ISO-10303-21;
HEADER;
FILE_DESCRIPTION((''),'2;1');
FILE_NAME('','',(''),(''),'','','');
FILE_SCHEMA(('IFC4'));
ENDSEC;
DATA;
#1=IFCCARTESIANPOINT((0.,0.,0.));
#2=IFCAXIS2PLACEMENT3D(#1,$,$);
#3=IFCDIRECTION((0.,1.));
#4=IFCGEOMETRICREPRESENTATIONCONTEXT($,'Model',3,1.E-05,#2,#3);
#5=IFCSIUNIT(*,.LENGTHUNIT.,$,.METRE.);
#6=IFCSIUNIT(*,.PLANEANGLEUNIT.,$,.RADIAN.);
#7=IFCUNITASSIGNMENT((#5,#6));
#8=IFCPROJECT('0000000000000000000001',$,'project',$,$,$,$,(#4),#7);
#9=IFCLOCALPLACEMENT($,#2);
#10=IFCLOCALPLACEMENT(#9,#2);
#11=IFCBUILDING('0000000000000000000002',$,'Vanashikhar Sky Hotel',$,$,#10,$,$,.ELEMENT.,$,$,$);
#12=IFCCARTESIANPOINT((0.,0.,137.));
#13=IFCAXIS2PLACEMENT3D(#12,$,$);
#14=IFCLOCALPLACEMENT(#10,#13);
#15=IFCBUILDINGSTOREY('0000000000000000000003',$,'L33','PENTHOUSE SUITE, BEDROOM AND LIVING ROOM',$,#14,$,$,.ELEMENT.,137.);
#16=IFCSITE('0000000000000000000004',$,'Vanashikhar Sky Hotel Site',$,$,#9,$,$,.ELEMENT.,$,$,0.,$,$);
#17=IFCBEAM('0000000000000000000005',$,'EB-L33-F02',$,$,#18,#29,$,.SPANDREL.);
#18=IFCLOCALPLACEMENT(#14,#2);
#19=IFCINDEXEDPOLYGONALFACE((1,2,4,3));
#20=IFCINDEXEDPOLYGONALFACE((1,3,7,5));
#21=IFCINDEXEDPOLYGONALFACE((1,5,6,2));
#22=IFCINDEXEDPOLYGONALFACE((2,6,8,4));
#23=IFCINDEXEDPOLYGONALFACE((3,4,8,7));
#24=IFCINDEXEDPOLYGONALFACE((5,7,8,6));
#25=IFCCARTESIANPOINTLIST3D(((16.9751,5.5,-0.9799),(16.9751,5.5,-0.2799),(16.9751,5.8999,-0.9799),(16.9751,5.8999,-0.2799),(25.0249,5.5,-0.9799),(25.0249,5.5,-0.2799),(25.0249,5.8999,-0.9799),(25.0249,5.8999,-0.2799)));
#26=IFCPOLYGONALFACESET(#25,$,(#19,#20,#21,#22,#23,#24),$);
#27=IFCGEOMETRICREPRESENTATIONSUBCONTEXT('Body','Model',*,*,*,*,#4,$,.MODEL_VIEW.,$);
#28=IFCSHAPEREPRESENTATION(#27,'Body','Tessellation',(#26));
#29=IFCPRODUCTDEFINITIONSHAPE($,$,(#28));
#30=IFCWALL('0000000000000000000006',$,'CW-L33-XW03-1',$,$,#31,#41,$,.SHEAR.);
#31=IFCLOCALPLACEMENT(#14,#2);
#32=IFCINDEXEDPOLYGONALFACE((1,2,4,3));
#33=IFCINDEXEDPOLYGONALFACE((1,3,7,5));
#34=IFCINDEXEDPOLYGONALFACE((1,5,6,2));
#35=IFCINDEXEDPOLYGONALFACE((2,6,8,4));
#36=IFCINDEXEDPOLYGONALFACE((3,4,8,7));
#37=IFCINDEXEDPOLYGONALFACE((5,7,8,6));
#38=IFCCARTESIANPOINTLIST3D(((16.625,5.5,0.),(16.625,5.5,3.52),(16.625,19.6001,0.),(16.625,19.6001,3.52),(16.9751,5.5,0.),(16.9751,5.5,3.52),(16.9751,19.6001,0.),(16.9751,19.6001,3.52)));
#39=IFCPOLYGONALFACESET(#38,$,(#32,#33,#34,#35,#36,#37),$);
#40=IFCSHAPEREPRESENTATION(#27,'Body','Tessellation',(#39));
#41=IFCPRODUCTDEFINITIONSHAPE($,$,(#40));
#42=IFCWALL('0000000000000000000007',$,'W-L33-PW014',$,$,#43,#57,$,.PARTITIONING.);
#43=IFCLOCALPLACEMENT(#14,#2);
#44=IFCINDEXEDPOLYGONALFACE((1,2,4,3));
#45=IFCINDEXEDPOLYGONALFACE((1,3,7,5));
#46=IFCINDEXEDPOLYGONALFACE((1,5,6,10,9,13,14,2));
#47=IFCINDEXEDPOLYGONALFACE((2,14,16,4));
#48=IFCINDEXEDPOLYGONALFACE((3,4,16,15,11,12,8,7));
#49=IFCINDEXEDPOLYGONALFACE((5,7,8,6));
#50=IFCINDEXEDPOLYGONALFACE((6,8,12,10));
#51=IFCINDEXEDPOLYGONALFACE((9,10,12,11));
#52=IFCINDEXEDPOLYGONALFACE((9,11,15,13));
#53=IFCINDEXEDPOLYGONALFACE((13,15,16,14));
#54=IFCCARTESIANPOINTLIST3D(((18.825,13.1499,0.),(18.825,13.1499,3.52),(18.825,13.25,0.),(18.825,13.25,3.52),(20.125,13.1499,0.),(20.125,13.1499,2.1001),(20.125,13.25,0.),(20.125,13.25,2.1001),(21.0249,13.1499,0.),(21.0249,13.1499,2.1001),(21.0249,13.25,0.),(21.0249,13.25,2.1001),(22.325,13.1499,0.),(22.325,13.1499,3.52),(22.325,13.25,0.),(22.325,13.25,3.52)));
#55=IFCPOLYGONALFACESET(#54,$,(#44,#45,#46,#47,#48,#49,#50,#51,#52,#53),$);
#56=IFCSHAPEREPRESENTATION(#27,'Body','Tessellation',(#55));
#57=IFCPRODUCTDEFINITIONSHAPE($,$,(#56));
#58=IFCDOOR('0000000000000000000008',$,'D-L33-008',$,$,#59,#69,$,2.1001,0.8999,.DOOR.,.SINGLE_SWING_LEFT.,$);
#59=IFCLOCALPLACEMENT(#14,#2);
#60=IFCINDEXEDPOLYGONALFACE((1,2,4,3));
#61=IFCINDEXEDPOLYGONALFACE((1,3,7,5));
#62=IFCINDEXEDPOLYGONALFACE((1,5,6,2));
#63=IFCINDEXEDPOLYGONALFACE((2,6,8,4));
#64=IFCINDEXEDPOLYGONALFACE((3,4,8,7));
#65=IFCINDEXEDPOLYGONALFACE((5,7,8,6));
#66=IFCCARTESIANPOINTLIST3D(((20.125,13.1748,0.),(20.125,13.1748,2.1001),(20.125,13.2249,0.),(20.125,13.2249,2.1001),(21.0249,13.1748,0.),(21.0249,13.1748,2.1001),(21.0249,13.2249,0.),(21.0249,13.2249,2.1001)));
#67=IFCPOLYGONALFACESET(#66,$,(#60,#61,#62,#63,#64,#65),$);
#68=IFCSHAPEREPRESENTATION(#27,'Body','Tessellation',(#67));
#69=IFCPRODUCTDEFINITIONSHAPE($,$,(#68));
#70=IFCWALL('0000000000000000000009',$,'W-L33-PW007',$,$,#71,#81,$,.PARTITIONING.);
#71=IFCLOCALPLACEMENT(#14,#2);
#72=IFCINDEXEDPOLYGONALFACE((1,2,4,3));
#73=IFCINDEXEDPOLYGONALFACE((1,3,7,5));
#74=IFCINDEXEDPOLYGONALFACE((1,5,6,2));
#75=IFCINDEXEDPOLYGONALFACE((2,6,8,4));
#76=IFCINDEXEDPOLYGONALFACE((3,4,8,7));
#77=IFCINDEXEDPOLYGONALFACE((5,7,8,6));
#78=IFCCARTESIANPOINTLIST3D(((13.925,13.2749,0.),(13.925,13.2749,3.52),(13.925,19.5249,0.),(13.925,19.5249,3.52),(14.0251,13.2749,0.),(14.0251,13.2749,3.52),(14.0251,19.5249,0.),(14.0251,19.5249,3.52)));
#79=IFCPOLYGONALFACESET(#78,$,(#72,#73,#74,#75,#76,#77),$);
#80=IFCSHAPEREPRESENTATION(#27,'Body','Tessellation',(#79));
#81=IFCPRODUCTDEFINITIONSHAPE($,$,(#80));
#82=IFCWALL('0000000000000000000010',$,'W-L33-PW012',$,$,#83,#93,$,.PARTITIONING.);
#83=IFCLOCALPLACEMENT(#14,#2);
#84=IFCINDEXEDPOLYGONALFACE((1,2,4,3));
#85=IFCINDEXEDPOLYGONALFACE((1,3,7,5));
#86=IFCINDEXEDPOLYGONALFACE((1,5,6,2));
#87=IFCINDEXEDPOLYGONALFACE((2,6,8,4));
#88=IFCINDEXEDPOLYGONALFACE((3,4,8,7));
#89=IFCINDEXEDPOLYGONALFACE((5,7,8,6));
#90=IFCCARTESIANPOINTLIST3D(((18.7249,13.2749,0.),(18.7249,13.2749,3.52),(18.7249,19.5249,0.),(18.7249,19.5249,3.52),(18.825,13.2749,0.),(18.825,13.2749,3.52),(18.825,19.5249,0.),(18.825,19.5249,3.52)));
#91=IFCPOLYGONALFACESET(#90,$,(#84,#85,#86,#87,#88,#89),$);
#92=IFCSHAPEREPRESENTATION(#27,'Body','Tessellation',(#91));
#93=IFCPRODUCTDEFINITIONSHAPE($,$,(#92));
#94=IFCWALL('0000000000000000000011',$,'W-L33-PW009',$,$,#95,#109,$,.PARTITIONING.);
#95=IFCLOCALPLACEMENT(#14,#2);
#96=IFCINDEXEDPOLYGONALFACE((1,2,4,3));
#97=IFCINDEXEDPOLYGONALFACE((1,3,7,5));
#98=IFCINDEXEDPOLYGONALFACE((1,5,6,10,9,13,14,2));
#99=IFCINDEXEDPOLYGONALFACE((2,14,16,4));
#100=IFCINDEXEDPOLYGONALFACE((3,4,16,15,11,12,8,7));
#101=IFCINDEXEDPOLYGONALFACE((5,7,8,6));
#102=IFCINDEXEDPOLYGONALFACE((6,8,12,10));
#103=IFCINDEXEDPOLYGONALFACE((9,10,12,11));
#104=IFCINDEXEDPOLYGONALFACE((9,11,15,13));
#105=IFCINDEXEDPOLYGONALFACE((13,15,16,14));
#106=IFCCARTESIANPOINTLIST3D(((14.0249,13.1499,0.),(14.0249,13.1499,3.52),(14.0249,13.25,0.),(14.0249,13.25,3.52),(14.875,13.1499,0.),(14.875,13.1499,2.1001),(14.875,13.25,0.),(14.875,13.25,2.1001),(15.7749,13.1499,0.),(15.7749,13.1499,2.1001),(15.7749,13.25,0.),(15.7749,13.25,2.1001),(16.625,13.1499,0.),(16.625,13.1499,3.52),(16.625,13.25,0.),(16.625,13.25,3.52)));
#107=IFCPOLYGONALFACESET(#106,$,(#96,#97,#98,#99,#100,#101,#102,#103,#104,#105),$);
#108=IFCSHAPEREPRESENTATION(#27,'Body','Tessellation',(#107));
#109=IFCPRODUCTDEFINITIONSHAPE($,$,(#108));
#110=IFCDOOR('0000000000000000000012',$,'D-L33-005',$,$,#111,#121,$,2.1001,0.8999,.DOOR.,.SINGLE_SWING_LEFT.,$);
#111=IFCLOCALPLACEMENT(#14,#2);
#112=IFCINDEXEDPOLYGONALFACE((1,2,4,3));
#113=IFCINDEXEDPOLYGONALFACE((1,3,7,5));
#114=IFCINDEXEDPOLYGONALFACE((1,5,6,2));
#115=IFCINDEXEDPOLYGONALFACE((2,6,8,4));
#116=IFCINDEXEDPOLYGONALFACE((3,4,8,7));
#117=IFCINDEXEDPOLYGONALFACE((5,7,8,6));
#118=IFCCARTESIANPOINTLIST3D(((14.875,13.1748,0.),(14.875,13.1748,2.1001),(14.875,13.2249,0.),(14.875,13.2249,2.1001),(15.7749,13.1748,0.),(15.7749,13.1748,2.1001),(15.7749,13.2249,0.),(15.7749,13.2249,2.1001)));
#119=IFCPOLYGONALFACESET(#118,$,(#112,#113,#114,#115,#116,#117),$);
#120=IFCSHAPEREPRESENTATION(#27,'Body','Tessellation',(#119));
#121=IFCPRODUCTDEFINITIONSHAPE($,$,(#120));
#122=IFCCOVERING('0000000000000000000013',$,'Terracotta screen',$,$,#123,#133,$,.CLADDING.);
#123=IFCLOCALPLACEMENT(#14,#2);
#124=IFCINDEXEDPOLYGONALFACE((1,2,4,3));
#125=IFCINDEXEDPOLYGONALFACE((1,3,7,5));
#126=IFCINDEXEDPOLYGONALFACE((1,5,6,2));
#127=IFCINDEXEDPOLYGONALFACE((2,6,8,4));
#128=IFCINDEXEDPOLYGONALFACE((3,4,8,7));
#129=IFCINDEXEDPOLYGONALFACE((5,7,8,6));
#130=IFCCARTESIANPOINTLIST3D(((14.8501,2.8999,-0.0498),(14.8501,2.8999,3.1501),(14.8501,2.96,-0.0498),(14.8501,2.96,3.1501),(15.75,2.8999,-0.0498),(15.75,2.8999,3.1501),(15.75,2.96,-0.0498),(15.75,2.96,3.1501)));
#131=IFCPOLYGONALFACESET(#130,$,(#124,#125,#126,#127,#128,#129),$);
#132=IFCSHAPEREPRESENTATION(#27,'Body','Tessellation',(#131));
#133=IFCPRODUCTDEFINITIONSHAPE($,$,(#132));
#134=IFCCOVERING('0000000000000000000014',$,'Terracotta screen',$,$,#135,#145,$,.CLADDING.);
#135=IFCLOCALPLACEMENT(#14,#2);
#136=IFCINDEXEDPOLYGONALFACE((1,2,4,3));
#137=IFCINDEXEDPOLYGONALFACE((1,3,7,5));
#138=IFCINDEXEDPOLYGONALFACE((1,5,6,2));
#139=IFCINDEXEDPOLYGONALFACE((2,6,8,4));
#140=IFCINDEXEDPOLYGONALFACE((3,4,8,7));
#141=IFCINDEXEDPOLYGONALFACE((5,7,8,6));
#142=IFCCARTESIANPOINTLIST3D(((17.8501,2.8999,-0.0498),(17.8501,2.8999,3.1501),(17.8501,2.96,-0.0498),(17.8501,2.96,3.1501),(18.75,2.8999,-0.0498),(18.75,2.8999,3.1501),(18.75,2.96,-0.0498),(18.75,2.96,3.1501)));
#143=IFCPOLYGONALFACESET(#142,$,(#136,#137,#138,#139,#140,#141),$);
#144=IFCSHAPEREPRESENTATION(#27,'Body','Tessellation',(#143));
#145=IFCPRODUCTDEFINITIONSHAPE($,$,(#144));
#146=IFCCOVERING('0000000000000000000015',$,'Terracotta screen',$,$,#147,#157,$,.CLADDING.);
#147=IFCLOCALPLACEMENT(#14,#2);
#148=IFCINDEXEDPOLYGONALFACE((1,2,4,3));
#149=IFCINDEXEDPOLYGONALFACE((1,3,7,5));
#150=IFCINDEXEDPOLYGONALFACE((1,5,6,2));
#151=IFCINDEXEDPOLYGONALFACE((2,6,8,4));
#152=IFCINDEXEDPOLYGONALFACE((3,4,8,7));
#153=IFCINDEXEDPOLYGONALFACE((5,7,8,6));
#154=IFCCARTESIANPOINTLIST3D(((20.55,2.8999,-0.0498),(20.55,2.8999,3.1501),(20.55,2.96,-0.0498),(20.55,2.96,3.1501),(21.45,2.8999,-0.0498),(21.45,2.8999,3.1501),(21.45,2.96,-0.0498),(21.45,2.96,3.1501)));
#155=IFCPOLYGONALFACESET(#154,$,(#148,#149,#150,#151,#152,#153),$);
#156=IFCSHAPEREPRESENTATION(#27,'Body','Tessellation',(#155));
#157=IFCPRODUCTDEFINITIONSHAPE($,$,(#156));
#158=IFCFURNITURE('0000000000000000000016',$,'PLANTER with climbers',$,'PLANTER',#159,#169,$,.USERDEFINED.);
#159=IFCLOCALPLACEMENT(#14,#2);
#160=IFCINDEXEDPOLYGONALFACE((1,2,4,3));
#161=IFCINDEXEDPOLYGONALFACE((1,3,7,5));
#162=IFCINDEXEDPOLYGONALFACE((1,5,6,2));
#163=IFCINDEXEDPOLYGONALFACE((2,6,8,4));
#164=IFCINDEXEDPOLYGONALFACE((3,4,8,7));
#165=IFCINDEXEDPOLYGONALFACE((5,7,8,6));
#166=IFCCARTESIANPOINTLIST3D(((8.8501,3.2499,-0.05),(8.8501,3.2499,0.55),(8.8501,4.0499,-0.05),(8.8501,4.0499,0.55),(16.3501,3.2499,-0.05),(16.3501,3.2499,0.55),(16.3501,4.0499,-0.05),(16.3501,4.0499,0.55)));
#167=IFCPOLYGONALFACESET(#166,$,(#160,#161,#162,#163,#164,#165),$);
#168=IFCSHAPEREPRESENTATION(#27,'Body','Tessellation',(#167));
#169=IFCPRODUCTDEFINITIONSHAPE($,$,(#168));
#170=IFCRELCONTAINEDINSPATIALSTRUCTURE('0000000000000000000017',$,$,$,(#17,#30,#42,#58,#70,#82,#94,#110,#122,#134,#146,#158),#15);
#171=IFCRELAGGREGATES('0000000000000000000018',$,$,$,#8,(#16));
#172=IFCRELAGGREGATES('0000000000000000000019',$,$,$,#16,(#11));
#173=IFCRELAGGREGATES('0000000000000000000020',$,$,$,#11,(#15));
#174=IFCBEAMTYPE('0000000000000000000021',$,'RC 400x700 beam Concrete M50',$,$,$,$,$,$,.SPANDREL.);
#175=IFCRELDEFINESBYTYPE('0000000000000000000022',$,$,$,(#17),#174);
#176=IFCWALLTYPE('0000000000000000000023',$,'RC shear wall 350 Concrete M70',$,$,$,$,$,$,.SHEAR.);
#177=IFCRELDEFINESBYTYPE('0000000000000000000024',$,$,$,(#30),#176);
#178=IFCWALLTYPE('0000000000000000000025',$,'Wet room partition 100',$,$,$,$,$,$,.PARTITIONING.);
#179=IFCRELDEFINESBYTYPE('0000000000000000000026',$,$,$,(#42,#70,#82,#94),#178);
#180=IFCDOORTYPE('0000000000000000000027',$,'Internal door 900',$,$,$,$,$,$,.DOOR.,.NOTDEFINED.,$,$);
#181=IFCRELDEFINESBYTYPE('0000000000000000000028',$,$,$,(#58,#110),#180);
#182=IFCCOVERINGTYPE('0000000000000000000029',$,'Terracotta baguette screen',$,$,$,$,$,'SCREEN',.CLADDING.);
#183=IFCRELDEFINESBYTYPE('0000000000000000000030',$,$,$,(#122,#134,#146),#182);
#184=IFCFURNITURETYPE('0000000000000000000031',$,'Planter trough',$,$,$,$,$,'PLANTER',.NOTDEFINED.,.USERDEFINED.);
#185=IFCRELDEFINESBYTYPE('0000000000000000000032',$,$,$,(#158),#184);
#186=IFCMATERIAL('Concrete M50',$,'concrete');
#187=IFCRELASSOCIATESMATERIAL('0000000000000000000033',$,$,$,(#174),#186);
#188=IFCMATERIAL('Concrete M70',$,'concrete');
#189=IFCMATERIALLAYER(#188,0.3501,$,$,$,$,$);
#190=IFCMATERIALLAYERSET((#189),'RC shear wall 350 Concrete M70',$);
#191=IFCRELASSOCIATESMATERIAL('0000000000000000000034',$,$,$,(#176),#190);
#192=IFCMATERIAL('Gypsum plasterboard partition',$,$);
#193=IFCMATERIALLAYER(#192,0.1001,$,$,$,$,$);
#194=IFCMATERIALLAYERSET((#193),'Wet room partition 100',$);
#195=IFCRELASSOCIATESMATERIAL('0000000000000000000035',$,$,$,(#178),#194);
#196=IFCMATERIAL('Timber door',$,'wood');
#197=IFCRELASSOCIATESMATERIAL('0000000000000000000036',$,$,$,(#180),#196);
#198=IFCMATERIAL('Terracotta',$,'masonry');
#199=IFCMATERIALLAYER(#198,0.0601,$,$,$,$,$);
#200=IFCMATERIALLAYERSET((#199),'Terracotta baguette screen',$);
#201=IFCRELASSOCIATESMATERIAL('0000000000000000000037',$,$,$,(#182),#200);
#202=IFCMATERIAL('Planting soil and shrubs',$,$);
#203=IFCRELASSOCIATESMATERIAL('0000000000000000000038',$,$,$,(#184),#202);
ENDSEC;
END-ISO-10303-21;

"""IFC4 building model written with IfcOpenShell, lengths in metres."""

from ifc_helpers import new_model, si_unit, direction, frame, frame_2d, origin, origin_2d, place, context, subcontext, project, spatial, rectangle, extrude, source, transform, mapped, material, layer, layer_set, material_profile, profile_set, type_object, element, fill, save


model = new_model("IFC4")

# Units and contexts
model_context = context("Model", 3, precision=1e-05, world=origin(), true_north=direction((0.0, 1.0)))
body_context = subcontext(model_context, "Body", "Model", "MODEL_VIEW")
ifc_project = project(units=[si_unit("LENGTHUNIT", "METRE"), si_unit("PLANEANGLEUNIT", "RADIAN")], contexts=[model_context])

# Site, building, storey
site_placement = place(None, origin())
site = spatial("IfcSite", under=ifc_project, at=site_placement, Name="Vanashikhar Sky Hotel Site", CompositionType="ELEMENT", RefElevation=0.0)
building_placement = place(site_placement, origin())
building = spatial("IfcBuilding", under=site, at=building_placement, Name="Vanashikhar Sky Hotel", CompositionType="ELEMENT")
storey_placement = place(building_placement, frame((0.0, 0.0, 137.0)))
storey = spatial("IfcBuildingStorey", under=building, at=storey_placement, Name="L33", Description="PENTHOUSE SUITE, BEDROOM AND LIVING ROOM", CompositionType="ELEMENT", Elevation=137.0)

# Beam
ifc_material_1 = material(Name="Concrete M50", Category="concrete")
ifc_material_profile = material_profile(ifc_material_1, rectangle(XDim=0.3999, YDim=0.7, at=origin_2d()))
ifc_profile_set = profile_set([ifc_material_profile], Name="RC 400x700 beam Concrete M50")
beam_type = type_object("IfcBeamType", Name="RC 400x700 beam Concrete M50", PredefinedType="SPANDREL", material=ifc_profile_set)
shared_shape_1 = source(origin(), body_context, "Body", "SweptSolid", [
    extrude(rectangle(XDim=0.3999, YDim=0.7, at=origin_2d()), origin(), (0.0, 0.0, 1.0), 8.0498),
])
beam_placement = place(storey_placement, frame((16.9751, 5.7, -0.6299), z_axis=(1.0, 0.0, 0.0), x_axis=(0.0, 1.0, 0.0)))
element("IfcBeam", 1, at=beam_placement, inside=storey, type_object=beam_type, Name="EB-L33-F02", PredefinedType="SPANDREL", context=body_context, shape_type="MappedRepresentation", body=[
    mapped(shared_shape_1, transform((0.0, 0.0, 0.0), scale=1.0)),
])

# Wall
ifc_material_2 = material(Name="Concrete M70", Category="concrete")
ifc_layer_1 = layer(ifc_material_2, 0.3501)
ifc_layer_set_1 = layer_set([ifc_layer_1], Name="RC shear wall 350 Concrete M70")
wall_type_1 = type_object("IfcWallType", Name="RC shear wall 350 Concrete M70", PredefinedType="SHEAR", material=ifc_layer_set_1)
shared_shape_2 = source(origin(), body_context, "Body", "SweptSolid", [
    extrude(rectangle(XDim=14.1001, YDim=0.3501, at=frame_2d((7.05, 0.0))), origin(), (0.0, 0.0, 1.0), 3.52),
])
wall_1_placement = place(storey_placement, frame((16.8, 5.5, 0.0), z_axis=(0.0, 0.0, 1.0), x_axis=(0.0, 1.0, 0.0)))
element("IfcWall", 2, at=wall_1_placement, inside=storey, type_object=wall_type_1, Name="CW-L33-XW03-1", PredefinedType="SHEAR", context=body_context, shape_type="MappedRepresentation", body=[
    mapped(shared_shape_2, transform((0.0, 0.0, 0.0), scale=1.0)),
])

# Wall, opening, door
ifc_material_3 = material(Name="Gypsum plasterboard partition")
ifc_layer_2 = layer(ifc_material_3, 0.1001)
ifc_layer_set_2 = layer_set([ifc_layer_2], Name="Wet room partition 100")
wall_type_2 = type_object("IfcWallType", Name="Wet room partition 100", PredefinedType="PARTITIONING", material=ifc_layer_set_2)
shared_shape_3 = source(origin(), body_context, "Body", "SweptSolid", [
    extrude(rectangle(XDim=3.5, YDim=0.1001, at=frame_2d((1.75, 0.0))), origin(), (0.0, 0.0, 1.0), 3.52),
])
wall_2_placement = place(storey_placement, frame((18.825, 13.2, 0.0), z_axis=(0.0, 0.0, 1.0), x_axis=(1.0, 0.0, 0.0)))
wall_2 = element("IfcWall", 3, at=wall_2_placement, inside=storey, type_object=wall_type_2, Name="W-L33-PW014", PredefinedType="PARTITIONING", context=body_context, shape_type="MappedRepresentation", body=[
    mapped(shared_shape_3, transform((0.0, 0.0, 0.0), scale=1.0)),
])
shared_shape_4 = source(origin(), body_context, "Body", "SweptSolid", [
    extrude(rectangle(XDim=0.8999, YDim=2.1001, at=frame_2d((0.45, 1.05))), frame((0.0, 0.0601, 0.0), z_axis=(0.0, -1.0, 0.0), x_axis=(1.0, 0.0, 0.0)), (0.0, 0.0, 1.0), 0.1201),
])
opening_1_placement = place(wall_2_placement, frame((1.3, 0.0, 0.0)))
opening_1 = element("IfcOpeningElement", 4, at=opening_1_placement, cuts=wall_2, PredefinedType="OPENING", context=body_context, shape_type="MappedRepresentation", body=[
    mapped(shared_shape_4, transform((0.0, 0.0, 0.0), scale=1.0)),
])
ifc_material_4 = material(Name="Timber door", Category="wood")
door_type_1 = type_object("IfcDoorType", Name="Internal door 900", OperationType="NOTDEFINED", PredefinedType="DOOR", material=ifc_material_4)
shared_shape_5 = source(origin(), body_context, "Body", "SweptSolid", [
    extrude(rectangle(XDim=0.8999, YDim=2.1001, at=frame_2d((0.45, 1.05))), frame((0.0, 0.0249, 0.0), z_axis=(0.0, -1.0, 0.0), x_axis=(1.0, 0.0, 0.0)), (0.0, 0.0, 1.0), 0.05),
])
door_1_placement = place(opening_1_placement, origin())
door_1 = element("IfcDoor", 5, at=door_1_placement, inside=storey, type_object=door_type_1, Name="D-L33-008", OperationType="SINGLE_SWING_LEFT", OverallHeight=2.1001, OverallWidth=0.8999, PredefinedType="DOOR", context=body_context, shape_type="MappedRepresentation", body=[
    mapped(shared_shape_5, transform((0.0, 0.0, 0.0), scale=1.0)),
])
fill(opening_1, door_1)

# Walls
shared_shape_6 = source(origin(), body_context, "Body", "SweptSolid", [
    extrude(rectangle(XDim=6.25, YDim=0.1001, at=frame_2d((3.125, 0.0))), origin(), (0.0, 0.0, 1.0), 3.52),
])
for number, where, z_axis, x_axis, name in (
    (6, (13.9751, 13.2749, 0.0), (0.0, 0.0, 1.0), (0.0, 1.0, 0.0), "W-L33-PW007"),
    (7, (18.7749, 13.2749, 0.0), (0.0, 0.0, 1.0), (0.0, 1.0, 0.0), "W-L33-PW012"),
):
    element("IfcWall", number, at=place(storey_placement, frame(where, z_axis=z_axis, x_axis=x_axis)), inside=storey, type_object=wall_type_2, Name=name, PredefinedType="PARTITIONING", context=body_context, shape_type="MappedRepresentation", body=[
        mapped(shared_shape_6, transform((0.0, 0.0, 0.0), scale=1.0)),
    ])

# Wall, opening, door
shared_shape_7 = source(origin(), body_context, "Body", "SweptSolid", [
    extrude(rectangle(XDim=2.6001, YDim=0.1001, at=frame_2d((1.3, 0.0))), origin(), (0.0, 0.0, 1.0), 3.52),
])
wall_3_placement = place(storey_placement, frame((14.0249, 13.2, 0.0), z_axis=(0.0, 0.0, 1.0), x_axis=(1.0, 0.0, 0.0)))
wall_3 = element("IfcWall", 8, at=wall_3_placement, inside=storey, type_object=wall_type_2, Name="W-L33-PW009", PredefinedType="PARTITIONING", context=body_context, shape_type="MappedRepresentation", body=[
    mapped(shared_shape_7, transform((0.0, 0.0, 0.0), scale=1.0)),
])
opening_2_placement = place(wall_3_placement, frame((0.8501, 0.0, 0.0)))
opening_2 = element("IfcOpeningElement", 9, at=opening_2_placement, cuts=wall_3, PredefinedType="OPENING", context=body_context, shape_type="MappedRepresentation", body=[
    mapped(shared_shape_4, transform((0.0, 0.0, 0.0), scale=1.0)),
])
door_2_placement = place(opening_2_placement, origin())
door_2 = element("IfcDoor", 10, at=door_2_placement, inside=storey, type_object=door_type_1, Name="D-L33-005", OperationType="SINGLE_SWING_LEFT", OverallHeight=2.1001, OverallWidth=0.8999, PredefinedType="DOOR", context=body_context, shape_type="MappedRepresentation", body=[
    mapped(shared_shape_5, transform((0.0, 0.0, 0.0), scale=1.0)),
])
fill(opening_2, door_2)

# Coverings
ifc_material_5 = material(Name="Terracotta", Category="masonry")
ifc_layer_3 = layer(ifc_material_5, 0.0601)
ifc_layer_set_3 = layer_set([ifc_layer_3], Name="Terracotta baguette screen")
covering_type = type_object("IfcCoveringType", Name="Terracotta baguette screen", ElementType="SCREEN", PredefinedType="CLADDING", material=ifc_layer_set_3)
shared_shape_8 = source(origin(), body_context, "Body", "SweptSolid", [
    extrude(rectangle(XDim=0.8999, YDim=0.0601, at=origin_2d()), origin(), (0.0, 0.0, 1.0), 3.2),
])
for number, where, z_axis, x_axis, name in (
    (11, (15.3, 2.9299, -0.0498), (0.0, 0.0, 1.0), (1.0, 0.0, 0.0), "Terracotta screen"),
    (12, (18.3, 2.9299, -0.0498), (0.0, 0.0, 1.0), (1.0, 0.0, 0.0), "Terracotta screen"),
    (13, (21.0, 2.9299, -0.0498), (0.0, 0.0, 1.0), (1.0, 0.0, 0.0), "Terracotta screen"),
):
    element("IfcCovering", number, at=place(storey_placement, frame(where, z_axis=z_axis, x_axis=x_axis)), inside=storey, type_object=covering_type, Name=name, PredefinedType="CLADDING", context=body_context, shape_type="MappedRepresentation", body=[
        mapped(shared_shape_8, transform((0.0, 0.0, 0.0), scale=1.0)),
    ])

# Furniture
ifc_material_6 = material(Name="Planting soil and shrubs")
furniture_type = type_object("IfcFurnitureType", Name="Planter trough", ElementType="PLANTER", AssemblyPlace="NOTDEFINED", PredefinedType="USERDEFINED", material=ifc_material_6)
shared_shape_9 = source(origin(), body_context, "Body", "SweptSolid", [
    extrude(rectangle(XDim=7.5, YDim=0.8, at=origin_2d()), origin(), (0.0, 0.0, 1.0), 0.6001),
])
furniture_placement = place(storey_placement, frame((12.6001, 3.6499, -0.05), z_axis=(0.0, 0.0, 1.0), x_axis=(1.0, 0.0, 0.0)))
element("IfcFurniture", 14, at=furniture_placement, inside=storey, type_object=furniture_type, Name="PLANTER with climbers", ObjectType="PLANTER", PredefinedType="USERDEFINED", context=body_context, shape_type="MappedRepresentation", body=[
    mapped(shared_shape_9, transform((0.0, 0.0, 0.0), scale=1.0)),
])

save(model, "model.ifc")
